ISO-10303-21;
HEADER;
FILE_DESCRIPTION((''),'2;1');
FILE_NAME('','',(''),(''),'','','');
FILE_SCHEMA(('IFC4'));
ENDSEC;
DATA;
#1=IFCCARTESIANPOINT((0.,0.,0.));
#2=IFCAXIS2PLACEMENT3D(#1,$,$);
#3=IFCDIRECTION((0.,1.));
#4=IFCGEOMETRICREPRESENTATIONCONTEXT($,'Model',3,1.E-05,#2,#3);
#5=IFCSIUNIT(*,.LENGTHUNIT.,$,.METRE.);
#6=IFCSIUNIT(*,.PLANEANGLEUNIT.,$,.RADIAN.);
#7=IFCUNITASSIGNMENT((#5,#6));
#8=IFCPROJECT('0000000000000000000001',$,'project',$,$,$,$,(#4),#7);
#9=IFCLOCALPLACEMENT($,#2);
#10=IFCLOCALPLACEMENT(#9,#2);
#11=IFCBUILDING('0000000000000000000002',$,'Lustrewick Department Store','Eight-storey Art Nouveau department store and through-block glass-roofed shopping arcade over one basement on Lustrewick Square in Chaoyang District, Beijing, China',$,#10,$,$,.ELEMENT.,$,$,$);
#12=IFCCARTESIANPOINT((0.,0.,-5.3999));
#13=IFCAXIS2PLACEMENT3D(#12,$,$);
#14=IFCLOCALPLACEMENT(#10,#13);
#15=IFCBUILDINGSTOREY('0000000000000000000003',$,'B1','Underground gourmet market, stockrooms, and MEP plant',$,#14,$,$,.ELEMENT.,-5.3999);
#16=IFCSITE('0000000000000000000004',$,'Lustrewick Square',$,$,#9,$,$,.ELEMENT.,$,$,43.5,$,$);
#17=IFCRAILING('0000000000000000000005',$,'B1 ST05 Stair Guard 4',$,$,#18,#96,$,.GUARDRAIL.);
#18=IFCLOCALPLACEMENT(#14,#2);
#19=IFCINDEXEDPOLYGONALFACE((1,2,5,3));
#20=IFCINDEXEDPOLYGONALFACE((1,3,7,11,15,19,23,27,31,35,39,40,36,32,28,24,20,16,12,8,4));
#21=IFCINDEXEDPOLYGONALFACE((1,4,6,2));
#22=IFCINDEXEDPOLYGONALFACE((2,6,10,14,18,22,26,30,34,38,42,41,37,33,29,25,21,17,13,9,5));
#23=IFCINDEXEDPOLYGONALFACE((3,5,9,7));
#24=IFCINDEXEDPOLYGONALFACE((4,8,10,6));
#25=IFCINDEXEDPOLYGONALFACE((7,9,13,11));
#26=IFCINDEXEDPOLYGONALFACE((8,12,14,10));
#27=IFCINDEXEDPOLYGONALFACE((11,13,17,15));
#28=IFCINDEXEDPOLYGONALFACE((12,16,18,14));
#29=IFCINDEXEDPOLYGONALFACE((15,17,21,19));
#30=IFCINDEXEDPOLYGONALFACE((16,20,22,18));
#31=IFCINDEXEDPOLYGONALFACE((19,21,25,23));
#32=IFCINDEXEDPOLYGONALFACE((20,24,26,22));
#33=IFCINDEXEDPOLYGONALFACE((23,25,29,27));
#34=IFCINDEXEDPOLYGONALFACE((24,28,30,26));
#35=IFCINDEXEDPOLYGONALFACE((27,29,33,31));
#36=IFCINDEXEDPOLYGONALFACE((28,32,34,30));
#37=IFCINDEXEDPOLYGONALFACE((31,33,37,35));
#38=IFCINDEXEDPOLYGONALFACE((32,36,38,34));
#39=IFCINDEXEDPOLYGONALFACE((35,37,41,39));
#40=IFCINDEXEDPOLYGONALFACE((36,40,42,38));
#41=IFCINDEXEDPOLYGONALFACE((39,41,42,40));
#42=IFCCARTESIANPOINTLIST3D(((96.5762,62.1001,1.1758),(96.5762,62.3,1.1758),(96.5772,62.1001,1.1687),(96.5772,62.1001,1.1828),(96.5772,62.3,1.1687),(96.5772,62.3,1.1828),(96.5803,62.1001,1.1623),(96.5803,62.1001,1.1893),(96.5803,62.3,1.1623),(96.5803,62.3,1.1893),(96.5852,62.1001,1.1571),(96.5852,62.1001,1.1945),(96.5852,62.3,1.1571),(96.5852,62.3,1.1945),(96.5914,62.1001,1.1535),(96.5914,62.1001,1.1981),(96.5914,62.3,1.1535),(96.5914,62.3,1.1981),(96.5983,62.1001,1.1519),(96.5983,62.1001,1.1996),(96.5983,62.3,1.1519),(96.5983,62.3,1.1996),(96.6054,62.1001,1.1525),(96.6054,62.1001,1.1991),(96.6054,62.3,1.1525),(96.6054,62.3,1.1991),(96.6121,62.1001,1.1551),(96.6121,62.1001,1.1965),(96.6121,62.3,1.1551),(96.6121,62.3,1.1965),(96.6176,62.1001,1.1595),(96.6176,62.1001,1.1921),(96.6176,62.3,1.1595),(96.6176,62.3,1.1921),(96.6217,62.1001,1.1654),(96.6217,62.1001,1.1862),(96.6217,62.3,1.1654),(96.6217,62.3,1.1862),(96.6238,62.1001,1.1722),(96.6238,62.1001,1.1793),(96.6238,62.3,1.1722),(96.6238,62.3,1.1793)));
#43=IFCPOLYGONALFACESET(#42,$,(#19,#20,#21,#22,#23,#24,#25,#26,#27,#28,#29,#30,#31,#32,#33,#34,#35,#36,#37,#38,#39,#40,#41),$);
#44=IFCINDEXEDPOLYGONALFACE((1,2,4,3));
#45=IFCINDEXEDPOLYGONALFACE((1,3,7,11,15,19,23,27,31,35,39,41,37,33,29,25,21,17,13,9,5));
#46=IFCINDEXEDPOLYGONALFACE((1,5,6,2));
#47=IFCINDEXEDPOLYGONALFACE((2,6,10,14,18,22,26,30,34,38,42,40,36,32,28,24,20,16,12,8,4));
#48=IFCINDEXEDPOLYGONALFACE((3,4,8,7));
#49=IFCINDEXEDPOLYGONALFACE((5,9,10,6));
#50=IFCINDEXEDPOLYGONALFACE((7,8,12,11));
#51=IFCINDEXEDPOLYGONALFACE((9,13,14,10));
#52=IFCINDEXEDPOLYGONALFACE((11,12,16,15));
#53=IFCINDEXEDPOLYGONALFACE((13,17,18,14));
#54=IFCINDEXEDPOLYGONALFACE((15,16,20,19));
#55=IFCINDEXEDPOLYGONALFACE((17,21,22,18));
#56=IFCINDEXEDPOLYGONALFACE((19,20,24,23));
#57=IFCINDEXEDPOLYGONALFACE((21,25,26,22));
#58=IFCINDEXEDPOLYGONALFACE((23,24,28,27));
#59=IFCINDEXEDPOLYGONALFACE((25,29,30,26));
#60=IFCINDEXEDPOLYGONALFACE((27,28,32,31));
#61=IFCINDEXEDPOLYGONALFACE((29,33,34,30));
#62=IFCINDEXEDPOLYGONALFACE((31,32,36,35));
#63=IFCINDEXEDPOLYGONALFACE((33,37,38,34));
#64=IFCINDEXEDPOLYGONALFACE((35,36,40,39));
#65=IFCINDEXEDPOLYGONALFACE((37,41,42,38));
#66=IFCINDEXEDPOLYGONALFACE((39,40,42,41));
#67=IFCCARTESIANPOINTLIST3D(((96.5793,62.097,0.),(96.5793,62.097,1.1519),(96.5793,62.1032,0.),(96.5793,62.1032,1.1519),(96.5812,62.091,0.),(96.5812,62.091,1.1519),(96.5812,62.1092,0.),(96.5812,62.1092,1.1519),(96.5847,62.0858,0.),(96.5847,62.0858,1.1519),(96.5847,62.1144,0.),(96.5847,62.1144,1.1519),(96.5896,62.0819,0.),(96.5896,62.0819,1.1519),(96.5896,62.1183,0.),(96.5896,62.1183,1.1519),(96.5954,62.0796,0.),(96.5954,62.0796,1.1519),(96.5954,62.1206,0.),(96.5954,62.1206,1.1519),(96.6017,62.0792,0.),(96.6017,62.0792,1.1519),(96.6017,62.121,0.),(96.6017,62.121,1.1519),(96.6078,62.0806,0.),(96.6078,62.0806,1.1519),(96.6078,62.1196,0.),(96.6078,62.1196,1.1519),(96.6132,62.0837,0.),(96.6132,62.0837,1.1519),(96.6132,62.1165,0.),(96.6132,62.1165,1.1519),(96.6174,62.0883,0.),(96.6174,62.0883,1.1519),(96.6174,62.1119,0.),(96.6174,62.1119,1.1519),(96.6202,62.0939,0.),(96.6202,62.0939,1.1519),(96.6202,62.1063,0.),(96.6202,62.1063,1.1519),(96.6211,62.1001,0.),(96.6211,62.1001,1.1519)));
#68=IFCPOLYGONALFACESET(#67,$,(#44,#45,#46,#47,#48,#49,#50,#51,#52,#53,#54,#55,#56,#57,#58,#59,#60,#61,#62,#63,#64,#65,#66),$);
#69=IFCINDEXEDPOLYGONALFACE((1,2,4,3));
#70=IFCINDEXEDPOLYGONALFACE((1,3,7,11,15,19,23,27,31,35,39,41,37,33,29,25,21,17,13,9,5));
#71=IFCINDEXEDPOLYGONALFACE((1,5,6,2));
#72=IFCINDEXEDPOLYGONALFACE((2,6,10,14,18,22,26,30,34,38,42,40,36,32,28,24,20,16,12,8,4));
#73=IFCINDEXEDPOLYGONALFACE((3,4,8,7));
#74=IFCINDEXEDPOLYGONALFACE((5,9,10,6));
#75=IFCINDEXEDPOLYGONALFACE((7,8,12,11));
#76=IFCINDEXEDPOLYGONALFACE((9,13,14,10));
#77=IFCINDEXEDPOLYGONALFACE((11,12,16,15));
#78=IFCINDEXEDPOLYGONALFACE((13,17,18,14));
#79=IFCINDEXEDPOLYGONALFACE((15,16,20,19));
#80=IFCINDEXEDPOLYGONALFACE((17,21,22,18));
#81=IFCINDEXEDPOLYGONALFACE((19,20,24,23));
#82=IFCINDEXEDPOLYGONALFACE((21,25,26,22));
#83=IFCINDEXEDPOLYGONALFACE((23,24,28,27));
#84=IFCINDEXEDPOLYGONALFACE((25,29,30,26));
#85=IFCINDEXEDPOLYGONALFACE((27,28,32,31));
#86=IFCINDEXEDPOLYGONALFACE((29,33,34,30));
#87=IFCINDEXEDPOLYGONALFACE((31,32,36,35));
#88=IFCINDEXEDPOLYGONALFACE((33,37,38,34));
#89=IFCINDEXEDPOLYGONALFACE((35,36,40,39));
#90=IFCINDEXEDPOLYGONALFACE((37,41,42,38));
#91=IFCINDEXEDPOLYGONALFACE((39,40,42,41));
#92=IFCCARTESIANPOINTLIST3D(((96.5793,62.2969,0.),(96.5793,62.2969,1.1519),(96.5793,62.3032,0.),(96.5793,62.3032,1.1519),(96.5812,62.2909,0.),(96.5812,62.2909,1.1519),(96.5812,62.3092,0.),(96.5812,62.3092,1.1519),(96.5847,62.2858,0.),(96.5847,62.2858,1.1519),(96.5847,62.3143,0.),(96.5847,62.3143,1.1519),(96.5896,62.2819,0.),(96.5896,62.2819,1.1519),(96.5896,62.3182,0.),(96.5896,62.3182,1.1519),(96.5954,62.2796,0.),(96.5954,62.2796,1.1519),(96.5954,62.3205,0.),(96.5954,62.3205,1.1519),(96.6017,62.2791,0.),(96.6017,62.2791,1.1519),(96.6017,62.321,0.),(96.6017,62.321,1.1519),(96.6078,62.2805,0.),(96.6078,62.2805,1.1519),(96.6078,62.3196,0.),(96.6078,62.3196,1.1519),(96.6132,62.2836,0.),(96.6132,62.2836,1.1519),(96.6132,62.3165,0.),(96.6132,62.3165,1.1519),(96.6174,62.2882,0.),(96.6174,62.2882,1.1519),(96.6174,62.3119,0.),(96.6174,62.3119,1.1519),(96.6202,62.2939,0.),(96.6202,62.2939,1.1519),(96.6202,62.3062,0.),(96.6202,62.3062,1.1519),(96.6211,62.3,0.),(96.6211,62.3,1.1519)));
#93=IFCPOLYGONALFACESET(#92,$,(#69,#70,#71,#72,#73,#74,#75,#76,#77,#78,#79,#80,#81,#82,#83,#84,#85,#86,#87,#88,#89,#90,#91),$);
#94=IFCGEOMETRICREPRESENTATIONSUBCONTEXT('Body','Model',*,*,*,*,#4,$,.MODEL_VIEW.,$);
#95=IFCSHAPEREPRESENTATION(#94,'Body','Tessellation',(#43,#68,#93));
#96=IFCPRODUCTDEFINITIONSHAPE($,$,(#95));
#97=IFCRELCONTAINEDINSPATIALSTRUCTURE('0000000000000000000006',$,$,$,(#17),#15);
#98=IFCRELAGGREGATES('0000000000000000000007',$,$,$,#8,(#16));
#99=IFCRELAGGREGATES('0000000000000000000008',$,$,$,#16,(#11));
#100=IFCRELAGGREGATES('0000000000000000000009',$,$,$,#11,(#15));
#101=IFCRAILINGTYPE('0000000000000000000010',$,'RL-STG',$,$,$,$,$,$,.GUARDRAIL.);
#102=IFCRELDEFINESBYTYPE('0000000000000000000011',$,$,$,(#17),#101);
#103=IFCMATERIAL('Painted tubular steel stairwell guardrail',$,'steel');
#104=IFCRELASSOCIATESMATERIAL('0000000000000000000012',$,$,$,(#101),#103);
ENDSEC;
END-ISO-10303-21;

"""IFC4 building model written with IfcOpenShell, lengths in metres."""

from ifc_helpers import new_model, si_unit, direction, frame, origin, origin_2d, place, context, subcontext, project, spatial, circle, extrude, material, type_object, element, save


model = new_model("IFC4")

# Units and contexts
model_context = context("Model", 3, precision=1e-05, world=origin(), true_north=direction((0.0, 1.0)))
body_context = subcontext(model_context, "Body", "Model", "MODEL_VIEW")
ifc_project = project(units=[si_unit("LENGTHUNIT", "METRE"), si_unit("PLANEANGLEUNIT", "RADIAN")], contexts=[model_context])

# Site, building, storey
site_placement = place(None, origin())
site = spatial("IfcSite", under=ifc_project, at=site_placement, Name="Lustrewick Square", CompositionType="ELEMENT", RefElevation=43.5)
building_placement = place(site_placement, origin())
building = spatial("IfcBuilding", under=site, at=building_placement, Name="Lustrewick Department Store", Description="Eight-storey Art Nouveau department store and through-block glass-roofed shopping arcade over one basement on Lustrewick Square in Chaoyang District, Beijing, China", CompositionType="ELEMENT")
storey_placement = place(building_placement, frame((0.0, 0.0, -5.3999)))
storey = spatial("IfcBuildingStorey", under=building, at=storey_placement, Name="B1", Description="Underground gourmet market, stockrooms, and MEP plant", CompositionType="ELEMENT", Elevation=-5.3999)

# Railing
ifc_material_1 = material(Name="Painted tubular steel stairwell guardrail", Category="steel")
railing_type_1 = type_object("IfcRailingType", Name="RL-STG", PredefinedType="GUARDRAIL", material=ifc_material_1)
railing_1_placement = place(storey_placement, frame((96.6001, 62.1001, 0.0)))
element("IfcRailing", 1, at=railing_1_placement, inside=storey, type_object=railing_type_1, Name="B1 ST05 Stair Guard 4", PredefinedType="GUARDRAIL", context=body_context, shape_type="SweptSolid", body=[
    extrude(circle(Radius=0.0239, at=origin_2d()), frame((0.0, 0.0, 1.1758), z_axis=(0.0, 1.0, 0.0), x_axis=(-1.0, 0.0, 0.0)), (0.0, 0.0, 1.0), 0.2),
    extrude(circle(Radius=0.021, at=origin_2d()), origin(), (0.0, 0.0, 1.0), 1.1519),
    extrude(circle(Radius=0.021, at=origin_2d()), frame((0.0, 0.2, 0.0)), (0.0, 0.0, 1.0), 1.1519),
])

save(model, "model.ifc")
